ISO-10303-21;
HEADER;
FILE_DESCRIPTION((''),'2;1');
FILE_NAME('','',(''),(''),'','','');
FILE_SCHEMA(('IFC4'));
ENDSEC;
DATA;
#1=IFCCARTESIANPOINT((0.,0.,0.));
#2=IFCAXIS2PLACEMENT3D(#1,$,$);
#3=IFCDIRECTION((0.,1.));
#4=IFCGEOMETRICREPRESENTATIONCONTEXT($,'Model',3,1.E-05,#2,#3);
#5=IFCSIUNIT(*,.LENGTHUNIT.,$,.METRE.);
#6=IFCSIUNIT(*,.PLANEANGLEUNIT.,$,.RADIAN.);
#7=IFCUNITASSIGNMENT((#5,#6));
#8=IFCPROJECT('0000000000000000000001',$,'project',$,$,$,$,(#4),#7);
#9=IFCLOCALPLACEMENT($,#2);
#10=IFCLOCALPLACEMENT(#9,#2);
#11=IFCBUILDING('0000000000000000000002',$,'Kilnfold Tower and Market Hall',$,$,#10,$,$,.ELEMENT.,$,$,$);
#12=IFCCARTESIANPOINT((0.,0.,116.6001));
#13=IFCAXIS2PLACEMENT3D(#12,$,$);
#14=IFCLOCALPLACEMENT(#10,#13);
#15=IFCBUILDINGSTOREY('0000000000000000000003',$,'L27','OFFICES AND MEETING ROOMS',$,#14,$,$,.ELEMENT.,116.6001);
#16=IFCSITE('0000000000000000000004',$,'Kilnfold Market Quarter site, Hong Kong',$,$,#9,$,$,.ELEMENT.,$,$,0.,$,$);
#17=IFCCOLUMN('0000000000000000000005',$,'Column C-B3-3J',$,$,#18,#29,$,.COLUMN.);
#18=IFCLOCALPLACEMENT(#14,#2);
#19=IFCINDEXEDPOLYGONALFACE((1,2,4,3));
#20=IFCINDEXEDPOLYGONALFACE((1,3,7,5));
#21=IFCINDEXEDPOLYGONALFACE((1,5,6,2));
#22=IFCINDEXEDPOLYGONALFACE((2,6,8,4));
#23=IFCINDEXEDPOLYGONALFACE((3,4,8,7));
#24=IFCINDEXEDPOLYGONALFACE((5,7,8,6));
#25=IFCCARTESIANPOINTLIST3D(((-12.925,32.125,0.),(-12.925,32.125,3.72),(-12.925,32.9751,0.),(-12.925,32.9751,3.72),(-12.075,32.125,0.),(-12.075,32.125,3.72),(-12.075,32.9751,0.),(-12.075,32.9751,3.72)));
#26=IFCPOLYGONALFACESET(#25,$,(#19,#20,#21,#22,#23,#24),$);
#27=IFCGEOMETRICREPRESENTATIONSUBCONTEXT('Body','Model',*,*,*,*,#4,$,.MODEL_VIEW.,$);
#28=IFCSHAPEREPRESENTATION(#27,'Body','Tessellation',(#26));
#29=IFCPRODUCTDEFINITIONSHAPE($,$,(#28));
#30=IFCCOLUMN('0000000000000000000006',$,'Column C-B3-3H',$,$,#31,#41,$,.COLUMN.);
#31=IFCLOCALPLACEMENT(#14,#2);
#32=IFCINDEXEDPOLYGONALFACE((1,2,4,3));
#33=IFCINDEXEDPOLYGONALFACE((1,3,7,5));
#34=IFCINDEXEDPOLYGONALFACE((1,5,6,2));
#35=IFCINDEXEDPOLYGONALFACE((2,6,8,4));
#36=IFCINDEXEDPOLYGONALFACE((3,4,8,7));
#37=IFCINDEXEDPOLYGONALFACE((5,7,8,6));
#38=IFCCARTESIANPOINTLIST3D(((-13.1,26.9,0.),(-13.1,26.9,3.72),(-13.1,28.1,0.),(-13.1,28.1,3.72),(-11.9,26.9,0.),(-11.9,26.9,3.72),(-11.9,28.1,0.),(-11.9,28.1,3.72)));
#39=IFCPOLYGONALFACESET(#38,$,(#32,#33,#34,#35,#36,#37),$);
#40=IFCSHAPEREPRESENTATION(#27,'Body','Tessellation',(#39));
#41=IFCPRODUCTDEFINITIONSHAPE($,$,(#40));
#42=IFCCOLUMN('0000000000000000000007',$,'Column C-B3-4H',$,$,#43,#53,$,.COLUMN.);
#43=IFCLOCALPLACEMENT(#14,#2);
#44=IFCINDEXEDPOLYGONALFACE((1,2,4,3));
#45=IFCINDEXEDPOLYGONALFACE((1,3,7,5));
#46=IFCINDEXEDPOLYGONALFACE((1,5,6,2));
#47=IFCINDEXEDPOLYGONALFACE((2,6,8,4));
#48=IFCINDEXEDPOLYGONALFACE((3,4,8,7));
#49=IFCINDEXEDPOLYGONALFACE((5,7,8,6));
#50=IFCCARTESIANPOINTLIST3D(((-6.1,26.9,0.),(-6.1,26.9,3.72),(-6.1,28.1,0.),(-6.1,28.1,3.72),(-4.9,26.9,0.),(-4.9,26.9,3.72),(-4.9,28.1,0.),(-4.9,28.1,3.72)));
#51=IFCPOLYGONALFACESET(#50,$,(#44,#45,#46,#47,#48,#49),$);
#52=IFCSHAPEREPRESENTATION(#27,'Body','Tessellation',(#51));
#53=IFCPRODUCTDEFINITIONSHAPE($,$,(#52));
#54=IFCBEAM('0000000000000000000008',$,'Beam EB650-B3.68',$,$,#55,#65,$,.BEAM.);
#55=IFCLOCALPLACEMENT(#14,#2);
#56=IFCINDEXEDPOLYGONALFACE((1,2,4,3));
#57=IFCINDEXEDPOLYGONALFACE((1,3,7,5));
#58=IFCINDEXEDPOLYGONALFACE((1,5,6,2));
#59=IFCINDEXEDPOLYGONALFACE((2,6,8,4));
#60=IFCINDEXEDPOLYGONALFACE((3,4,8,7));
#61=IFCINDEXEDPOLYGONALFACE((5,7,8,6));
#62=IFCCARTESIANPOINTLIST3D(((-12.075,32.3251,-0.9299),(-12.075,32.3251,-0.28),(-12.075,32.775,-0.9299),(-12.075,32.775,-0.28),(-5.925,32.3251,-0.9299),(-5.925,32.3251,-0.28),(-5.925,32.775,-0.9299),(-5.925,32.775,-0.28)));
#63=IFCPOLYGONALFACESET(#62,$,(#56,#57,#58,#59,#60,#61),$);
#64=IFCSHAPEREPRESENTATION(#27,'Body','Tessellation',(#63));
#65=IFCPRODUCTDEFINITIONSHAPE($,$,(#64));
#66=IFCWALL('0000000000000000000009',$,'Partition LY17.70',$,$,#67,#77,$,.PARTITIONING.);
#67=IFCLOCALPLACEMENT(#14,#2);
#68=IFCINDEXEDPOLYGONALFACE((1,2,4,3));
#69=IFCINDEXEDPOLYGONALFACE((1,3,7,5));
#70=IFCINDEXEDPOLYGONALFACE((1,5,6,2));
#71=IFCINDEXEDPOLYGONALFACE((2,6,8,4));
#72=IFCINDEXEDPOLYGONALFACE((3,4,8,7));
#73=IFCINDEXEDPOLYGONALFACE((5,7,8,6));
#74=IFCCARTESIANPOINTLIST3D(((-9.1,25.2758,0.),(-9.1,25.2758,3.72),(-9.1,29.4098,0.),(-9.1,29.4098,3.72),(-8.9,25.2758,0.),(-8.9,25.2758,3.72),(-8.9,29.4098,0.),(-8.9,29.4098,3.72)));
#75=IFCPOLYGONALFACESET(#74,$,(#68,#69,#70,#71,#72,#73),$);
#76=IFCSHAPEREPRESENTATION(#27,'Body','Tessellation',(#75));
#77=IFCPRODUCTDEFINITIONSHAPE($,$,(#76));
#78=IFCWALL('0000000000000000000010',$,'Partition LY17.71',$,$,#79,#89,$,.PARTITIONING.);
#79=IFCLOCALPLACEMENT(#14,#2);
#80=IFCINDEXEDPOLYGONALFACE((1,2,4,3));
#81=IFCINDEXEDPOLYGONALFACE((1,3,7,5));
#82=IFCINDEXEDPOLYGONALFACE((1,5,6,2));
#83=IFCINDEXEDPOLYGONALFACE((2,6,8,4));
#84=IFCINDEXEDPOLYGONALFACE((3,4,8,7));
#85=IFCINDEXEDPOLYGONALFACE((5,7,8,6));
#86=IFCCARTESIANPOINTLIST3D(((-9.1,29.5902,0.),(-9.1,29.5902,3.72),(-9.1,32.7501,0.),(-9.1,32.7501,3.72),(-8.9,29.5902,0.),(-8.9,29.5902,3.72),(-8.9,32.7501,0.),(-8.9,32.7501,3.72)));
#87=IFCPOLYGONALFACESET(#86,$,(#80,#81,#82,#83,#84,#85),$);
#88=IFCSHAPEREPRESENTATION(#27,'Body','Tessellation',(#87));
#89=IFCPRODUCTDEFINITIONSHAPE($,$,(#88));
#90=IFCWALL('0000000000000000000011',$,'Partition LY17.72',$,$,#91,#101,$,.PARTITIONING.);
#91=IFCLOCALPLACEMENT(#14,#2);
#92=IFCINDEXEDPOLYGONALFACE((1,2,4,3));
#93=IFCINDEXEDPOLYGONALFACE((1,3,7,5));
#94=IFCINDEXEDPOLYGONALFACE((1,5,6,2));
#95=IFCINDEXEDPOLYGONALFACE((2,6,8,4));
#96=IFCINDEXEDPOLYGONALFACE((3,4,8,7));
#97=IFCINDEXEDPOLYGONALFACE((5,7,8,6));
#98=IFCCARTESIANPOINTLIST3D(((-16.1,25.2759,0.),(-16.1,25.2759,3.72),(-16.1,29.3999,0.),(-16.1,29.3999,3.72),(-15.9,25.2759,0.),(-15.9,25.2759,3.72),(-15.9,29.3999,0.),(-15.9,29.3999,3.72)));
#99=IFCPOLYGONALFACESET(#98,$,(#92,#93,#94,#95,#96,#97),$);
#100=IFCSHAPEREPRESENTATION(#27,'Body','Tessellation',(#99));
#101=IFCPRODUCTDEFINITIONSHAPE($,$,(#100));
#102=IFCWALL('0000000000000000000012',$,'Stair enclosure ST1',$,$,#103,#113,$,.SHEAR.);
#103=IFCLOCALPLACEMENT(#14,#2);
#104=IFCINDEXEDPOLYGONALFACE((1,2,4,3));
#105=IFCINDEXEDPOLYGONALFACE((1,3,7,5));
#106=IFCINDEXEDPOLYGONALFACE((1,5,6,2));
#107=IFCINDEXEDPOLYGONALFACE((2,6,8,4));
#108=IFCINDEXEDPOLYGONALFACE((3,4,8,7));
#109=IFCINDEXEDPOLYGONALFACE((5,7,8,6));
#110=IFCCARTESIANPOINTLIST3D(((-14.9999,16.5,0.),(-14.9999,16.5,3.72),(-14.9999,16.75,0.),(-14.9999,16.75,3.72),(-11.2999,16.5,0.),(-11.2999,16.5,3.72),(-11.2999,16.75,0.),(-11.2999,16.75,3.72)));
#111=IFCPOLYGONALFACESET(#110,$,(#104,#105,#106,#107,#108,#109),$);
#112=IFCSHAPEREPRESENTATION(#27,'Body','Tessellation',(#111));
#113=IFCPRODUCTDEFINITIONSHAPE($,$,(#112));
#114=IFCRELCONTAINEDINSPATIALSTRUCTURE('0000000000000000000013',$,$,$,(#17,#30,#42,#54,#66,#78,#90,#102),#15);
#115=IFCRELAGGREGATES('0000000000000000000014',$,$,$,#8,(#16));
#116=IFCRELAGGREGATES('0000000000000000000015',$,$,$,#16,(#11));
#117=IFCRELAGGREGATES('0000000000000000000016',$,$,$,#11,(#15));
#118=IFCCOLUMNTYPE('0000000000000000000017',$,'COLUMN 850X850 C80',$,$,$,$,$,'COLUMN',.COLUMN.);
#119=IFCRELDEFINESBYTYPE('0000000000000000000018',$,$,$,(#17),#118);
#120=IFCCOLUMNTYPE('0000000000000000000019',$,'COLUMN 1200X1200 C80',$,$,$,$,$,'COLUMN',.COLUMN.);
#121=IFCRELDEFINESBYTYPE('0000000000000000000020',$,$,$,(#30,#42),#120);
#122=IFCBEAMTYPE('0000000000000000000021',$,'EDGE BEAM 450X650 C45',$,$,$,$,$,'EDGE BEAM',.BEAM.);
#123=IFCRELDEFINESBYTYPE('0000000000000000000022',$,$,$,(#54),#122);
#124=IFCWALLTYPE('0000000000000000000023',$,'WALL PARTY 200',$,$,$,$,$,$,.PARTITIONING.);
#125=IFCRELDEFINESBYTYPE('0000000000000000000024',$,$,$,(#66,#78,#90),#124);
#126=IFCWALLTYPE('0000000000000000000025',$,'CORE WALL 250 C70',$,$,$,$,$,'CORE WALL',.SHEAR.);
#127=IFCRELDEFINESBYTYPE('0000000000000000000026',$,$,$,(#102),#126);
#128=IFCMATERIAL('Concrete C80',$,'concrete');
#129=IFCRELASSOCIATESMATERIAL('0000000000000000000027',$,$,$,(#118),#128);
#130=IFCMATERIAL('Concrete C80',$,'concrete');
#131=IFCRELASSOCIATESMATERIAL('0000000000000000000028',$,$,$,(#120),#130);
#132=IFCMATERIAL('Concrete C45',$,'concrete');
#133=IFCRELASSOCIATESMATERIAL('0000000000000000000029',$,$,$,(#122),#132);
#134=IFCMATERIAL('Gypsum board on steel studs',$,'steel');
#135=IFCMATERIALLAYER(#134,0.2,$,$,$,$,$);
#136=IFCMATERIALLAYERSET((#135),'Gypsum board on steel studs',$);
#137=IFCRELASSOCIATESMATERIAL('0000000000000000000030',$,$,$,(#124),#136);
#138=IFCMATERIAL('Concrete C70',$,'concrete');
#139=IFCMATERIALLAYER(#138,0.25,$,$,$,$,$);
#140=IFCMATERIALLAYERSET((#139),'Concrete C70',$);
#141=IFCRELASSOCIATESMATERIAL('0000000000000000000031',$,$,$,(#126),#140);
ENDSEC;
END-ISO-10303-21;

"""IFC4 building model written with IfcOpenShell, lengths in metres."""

from ifc_helpers import new_model, si_unit, direction, frame, frame_2d, origin, origin_2d, place, context, subcontext, project, spatial, rectangle, extrude, source, transform, mapped, material, layer, layer_set, material_profile, profile_set, type_object, element, save


model = new_model("IFC4")

# Units and contexts
model_context = context("Model", 3, precision=1e-05, world=origin(), true_north=direction((0.0, 1.0)))
body_context = subcontext(model_context, "Body", "Model", "MODEL_VIEW")
ifc_project = project(units=[si_unit("LENGTHUNIT", "METRE"), si_unit("PLANEANGLEUNIT", "RADIAN")], contexts=[model_context])

# Site, building, storey
site_placement = place(None, origin())
site = spatial("IfcSite", under=ifc_project, at=site_placement, Name="Kilnfold Market Quarter site, Hong Kong", CompositionType="ELEMENT", RefElevation=0.0)
building_placement = place(site_placement, origin())
building = spatial("IfcBuilding", under=site, at=building_placement, Name="Kilnfold Tower and Market Hall", CompositionType="ELEMENT")
storey_placement = place(building_placement, frame((0.0, 0.0, 116.6001)))
storey = spatial("IfcBuildingStorey", under=building, at=storey_placement, Name="L27", Description="OFFICES AND MEETING ROOMS", CompositionType="ELEMENT", Elevation=116.6001)

# Columns
ifc_material_1 = material(Name="Concrete C80", Category="concrete")
ifc_material_profile_1 = material_profile(ifc_material_1, rectangle(XDim=0.8501, YDim=0.8501, at=origin_2d()), Name="RC 850x850")
ifc_profile_set_1 = profile_set([ifc_material_profile_1], Name="Concrete C80")
column_type_1 = type_object("IfcColumnType", Name="COLUMN 850X850 C80", ElementType="COLUMN", PredefinedType="COLUMN", material=ifc_profile_set_1)
shared_shape_1 = source(origin(), body_context, "Body", "SweptSolid", [
    extrude(rectangle(XDim=0.8501, YDim=0.8501, at=origin_2d()), origin(), (0.0, 0.0, 1.0), 3.72),
])
column_placement = place(storey_placement, frame((-12.5, 32.55, 0.0), z_axis=(0.0, 0.0, 1.0), x_axis=(1.0, 0.0, 0.0)))
element("IfcColumn", 1, at=column_placement, inside=storey, type_object=column_type_1, Name="Column C-B3-3J", PredefinedType="COLUMN", context=body_context, shape_type="MappedRepresentation", body=[
    mapped(shared_shape_1, transform((0.0, 0.0, 0.0))),
])
ifc_material_2 = material(Name="Concrete C80", Category="concrete")
ifc_material_profile_2 = material_profile(ifc_material_2, rectangle(XDim=1.2, YDim=1.2, at=origin_2d()), Name="RC 1200x1200")
ifc_profile_set_2 = profile_set([ifc_material_profile_2], Name="Concrete C80")
column_type_2 = type_object("IfcColumnType", Name="COLUMN 1200X1200 C80", ElementType="COLUMN", PredefinedType="COLUMN", material=ifc_profile_set_2)
shared_shape_2 = source(origin(), body_context, "Body", "SweptSolid", [
    extrude(rectangle(XDim=1.2, YDim=1.2, at=origin_2d()), origin(), (0.0, 0.0, 1.0), 3.72),
])
for number, where, z_axis, x_axis, name in (
    (2, (-12.5, 27.5, 0.0), (0.0, 0.0, 1.0), (1.0, 0.0, 0.0), "Column C-B3-3H"),
    (3, (-5.5, 27.5, 0.0), (0.0, 0.0, 1.0), (1.0, 0.0, 0.0), "Column C-B3-4H"),
):
    element("IfcColumn", number, at=place(storey_placement, frame(where, z_axis=z_axis, x_axis=x_axis)), inside=storey, type_object=column_type_2, Name=name, PredefinedType="COLUMN", context=body_context, shape_type="MappedRepresentation", body=[
        mapped(shared_shape_2, transform((0.0, 0.0, 0.0))),
    ])

# Beam
ifc_material_3 = material(Name="Concrete C45", Category="concrete")
ifc_material_profile_3 = material_profile(ifc_material_3, rectangle(XDim=0.45, YDim=0.6499, at=origin_2d()), Name="RC 450x650")
ifc_profile_set_3 = profile_set([ifc_material_profile_3], Name="Concrete C45")
beam_type = type_object("IfcBeamType", Name="EDGE BEAM 450X650 C45", ElementType="EDGE BEAM", PredefinedType="BEAM", material=ifc_profile_set_3)
shared_shape_3 = source(origin(), body_context, "Body", "SweptSolid", [
    extrude(rectangle(XDim=0.45, YDim=0.6499, at=origin_2d()), origin(), (0.0, 0.0, 1.0), 6.1499),
])
beam_placement = place(storey_placement, frame((-12.075, 32.55, -0.605), z_axis=(1.0, 0.0, 0.0), x_axis=(0.0, 1.0, 0.0)))
element("IfcBeam", 4, at=beam_placement, inside=storey, type_object=beam_type, Name="Beam EB650-B3.68", PredefinedType="BEAM", context=body_context, shape_type="MappedRepresentation", body=[
    mapped(shared_shape_3, transform((0.0, 0.0, 0.0))),
])

# Walls
ifc_material_4 = material(Name="Gypsum board on steel studs", Category="steel")
ifc_layer_1 = layer(ifc_material_4, 0.2)
ifc_layer_set_1 = layer_set([ifc_layer_1], Name="Gypsum board on steel studs")
wall_type_1 = type_object("IfcWallType", Name="WALL PARTY 200", PredefinedType="PARTITIONING", material=ifc_layer_set_1)
wall_1_placement = place(storey_placement, frame((-9.0, 25.2759, 0.0), z_axis=(0.0, 0.0, 1.0), x_axis=(0.0, 1.0, 0.0)))
element("IfcWall", 5, at=wall_1_placement, inside=storey, type_object=wall_type_1, Name="Partition LY17.70", PredefinedType="PARTITIONING", context=body_context, shape_type="SweptSolid", body=[
    extrude(rectangle(XDim=4.134, YDim=0.2, at=frame_2d((2.0669, 0.0))), origin(), (0.0, 0.0, 1.0), 3.72),
])
wall_2_placement = place(storey_placement, frame((-9.0, 29.5901, 0.0), z_axis=(0.0, 0.0, 1.0), x_axis=(0.0, 1.0, 0.0)))
element("IfcWall", 6, at=wall_2_placement, inside=storey, type_object=wall_type_1, Name="Partition LY17.71", PredefinedType="PARTITIONING", context=body_context, shape_type="SweptSolid", body=[
    extrude(rectangle(XDim=3.1599, YDim=0.2, at=frame_2d((1.5801, 0.0))), origin(), (0.0, 0.0, 1.0), 3.72),
])
wall_3_placement = place(storey_placement, frame((-16.0, 29.3999, 0.0), z_axis=(0.0, 0.0, 1.0), x_axis=(0.0, -1.0, 0.0)))
element("IfcWall", 7, at=wall_3_placement, inside=storey, type_object=wall_type_1, Name="Partition LY17.72", PredefinedType="PARTITIONING", context=body_context, shape_type="SweptSolid", body=[
    extrude(rectangle(XDim=4.124, YDim=0.2, at=frame_2d((2.062, 0.0))), origin(), (0.0, 0.0, 1.0), 3.72),
])
ifc_material_5 = material(Name="Concrete C70", Category="concrete")
ifc_layer_2 = layer(ifc_material_5, 0.25)
ifc_layer_set_2 = layer_set([ifc_layer_2], Name="Concrete C70")
wall_type_2 = type_object("IfcWallType", Name="CORE WALL 250 C70", ElementType="CORE WALL", PredefinedType="SHEAR", material=ifc_layer_set_2)
shared_shape_4 = source(origin(), body_context, "Body", "SweptSolid", [
    extrude(rectangle(XDim=3.7, YDim=0.25, at=frame_2d((1.8501, 0.0))), origin(), (0.0, 0.0, 1.0), 3.72),
])
wall_4_placement = place(storey_placement, frame((-15.0, 16.625, 0.0), z_axis=(0.0, 0.0, 1.0), x_axis=(1.0, 0.0, 0.0)))
element("IfcWall", 8, at=wall_4_placement, inside=storey, type_object=wall_type_2, Name="Stair enclosure ST1", PredefinedType="SHEAR", context=body_context, shape_type="MappedRepresentation", body=[
    mapped(shared_shape_4, transform((0.0, 0.0, 0.0))),
])

save(model, "model.ifc")
